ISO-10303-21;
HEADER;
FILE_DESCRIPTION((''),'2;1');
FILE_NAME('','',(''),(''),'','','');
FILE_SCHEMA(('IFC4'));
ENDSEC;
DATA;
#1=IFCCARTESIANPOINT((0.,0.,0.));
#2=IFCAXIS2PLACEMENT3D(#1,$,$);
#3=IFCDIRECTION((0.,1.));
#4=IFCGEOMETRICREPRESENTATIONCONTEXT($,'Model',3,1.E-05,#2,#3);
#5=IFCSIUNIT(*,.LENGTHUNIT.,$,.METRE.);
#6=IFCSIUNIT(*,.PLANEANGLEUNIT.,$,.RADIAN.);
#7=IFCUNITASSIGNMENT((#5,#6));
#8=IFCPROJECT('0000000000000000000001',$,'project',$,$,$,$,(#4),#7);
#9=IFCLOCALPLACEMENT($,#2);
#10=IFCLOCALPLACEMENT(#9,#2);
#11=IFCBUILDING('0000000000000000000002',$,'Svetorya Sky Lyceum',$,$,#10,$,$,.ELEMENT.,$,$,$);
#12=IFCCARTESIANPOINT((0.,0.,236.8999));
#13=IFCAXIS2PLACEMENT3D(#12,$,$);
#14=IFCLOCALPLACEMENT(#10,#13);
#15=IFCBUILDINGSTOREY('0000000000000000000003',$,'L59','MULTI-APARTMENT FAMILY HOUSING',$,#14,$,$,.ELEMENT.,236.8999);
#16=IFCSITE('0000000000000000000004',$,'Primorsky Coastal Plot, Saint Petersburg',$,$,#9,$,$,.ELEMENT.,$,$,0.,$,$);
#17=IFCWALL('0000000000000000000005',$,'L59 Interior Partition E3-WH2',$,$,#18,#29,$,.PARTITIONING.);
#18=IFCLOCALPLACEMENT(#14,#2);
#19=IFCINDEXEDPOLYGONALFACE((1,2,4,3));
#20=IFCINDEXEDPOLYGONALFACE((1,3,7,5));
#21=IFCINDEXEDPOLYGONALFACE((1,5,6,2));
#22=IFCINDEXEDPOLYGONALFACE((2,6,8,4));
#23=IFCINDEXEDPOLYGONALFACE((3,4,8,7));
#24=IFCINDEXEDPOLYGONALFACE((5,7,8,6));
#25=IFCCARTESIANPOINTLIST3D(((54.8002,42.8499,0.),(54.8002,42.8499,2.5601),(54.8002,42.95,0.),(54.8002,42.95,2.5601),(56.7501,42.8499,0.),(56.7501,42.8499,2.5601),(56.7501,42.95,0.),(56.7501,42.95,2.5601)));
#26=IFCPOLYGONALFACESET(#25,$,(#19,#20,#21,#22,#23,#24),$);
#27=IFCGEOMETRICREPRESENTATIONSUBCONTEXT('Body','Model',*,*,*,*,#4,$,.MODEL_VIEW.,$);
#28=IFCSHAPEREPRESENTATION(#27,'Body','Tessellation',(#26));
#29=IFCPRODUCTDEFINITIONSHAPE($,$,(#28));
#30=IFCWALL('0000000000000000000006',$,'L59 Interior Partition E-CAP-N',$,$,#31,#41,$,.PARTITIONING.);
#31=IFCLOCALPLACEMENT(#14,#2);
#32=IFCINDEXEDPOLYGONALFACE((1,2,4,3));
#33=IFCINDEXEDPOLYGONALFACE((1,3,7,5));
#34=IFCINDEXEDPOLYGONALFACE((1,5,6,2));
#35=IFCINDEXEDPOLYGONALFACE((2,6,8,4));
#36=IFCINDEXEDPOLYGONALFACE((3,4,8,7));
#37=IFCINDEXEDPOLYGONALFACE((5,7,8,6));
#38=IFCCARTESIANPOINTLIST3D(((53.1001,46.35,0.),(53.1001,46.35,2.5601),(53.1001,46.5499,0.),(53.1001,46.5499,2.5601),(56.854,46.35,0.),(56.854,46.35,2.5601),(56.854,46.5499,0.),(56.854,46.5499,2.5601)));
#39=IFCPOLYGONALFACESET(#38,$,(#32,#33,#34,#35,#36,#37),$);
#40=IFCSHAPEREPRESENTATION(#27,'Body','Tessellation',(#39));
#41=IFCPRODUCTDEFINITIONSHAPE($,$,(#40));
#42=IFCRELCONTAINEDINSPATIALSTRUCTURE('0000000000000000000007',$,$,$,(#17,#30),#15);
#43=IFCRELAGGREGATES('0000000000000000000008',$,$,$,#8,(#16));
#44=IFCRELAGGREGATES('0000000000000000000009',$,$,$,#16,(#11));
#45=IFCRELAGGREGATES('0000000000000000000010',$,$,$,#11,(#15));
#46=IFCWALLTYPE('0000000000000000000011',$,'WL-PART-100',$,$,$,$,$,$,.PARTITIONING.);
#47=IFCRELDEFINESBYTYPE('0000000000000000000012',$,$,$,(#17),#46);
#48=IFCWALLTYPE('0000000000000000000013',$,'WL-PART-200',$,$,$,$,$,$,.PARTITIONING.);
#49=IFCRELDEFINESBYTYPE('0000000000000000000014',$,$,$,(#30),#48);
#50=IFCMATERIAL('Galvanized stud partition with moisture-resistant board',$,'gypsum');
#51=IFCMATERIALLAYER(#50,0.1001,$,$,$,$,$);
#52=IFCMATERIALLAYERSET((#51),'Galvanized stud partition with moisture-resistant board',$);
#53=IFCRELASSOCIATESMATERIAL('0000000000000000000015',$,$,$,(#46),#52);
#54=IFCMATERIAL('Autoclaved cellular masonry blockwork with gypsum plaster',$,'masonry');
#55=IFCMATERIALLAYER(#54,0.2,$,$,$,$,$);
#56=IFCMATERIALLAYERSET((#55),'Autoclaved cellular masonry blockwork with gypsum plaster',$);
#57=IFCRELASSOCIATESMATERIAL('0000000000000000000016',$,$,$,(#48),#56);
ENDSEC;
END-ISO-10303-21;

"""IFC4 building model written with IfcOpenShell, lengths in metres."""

from ifc_helpers import new_model, si_unit, direction, frame, frame_2d, origin, place, context, subcontext, project, spatial, rectangle, extrude, material, layer, layer_set, type_object, element, save


model = new_model("IFC4")

# Units and contexts
model_context = context("Model", 3, precision=1e-05, world=origin(), true_north=direction((0.0, 1.0)))
body_context = subcontext(model_context, "Body", "Model", "MODEL_VIEW")
ifc_project = project(units=[si_unit("LENGTHUNIT", "METRE"), si_unit("PLANEANGLEUNIT", "RADIAN")], contexts=[model_context])

# Site, building, storey
site_placement = place(None, origin())
site = spatial("IfcSite", under=ifc_project, at=site_placement, Name="Primorsky Coastal Plot, Saint Petersburg", CompositionType="ELEMENT", RefElevation=0.0)
building_placement = place(site_placement, origin())
building = spatial("IfcBuilding", under=site, at=building_placement, Name="Svetorya Sky Lyceum", CompositionType="ELEMENT")
storey_placement = place(building_placement, frame((0.0, 0.0, 236.8999)))
storey = spatial("IfcBuildingStorey", under=building, at=storey_placement, Name="L59", Description="MULTI-APARTMENT FAMILY HOUSING", CompositionType="ELEMENT", Elevation=236.8999)

# Walls
ifc_material_1 = material(Name="Galvanized stud partition with moisture-resistant board", Category="gypsum")
ifc_layer_1 = layer(ifc_material_1, 0.1001)
ifc_layer_set_1 = layer_set([ifc_layer_1], Name="Galvanized stud partition with moisture-resistant board")
wall_type_1 = type_object("IfcWallType", Name="WL-PART-100", PredefinedType="PARTITIONING", material=ifc_layer_set_1)
wall_1_placement = place(storey_placement, frame((54.8, 42.8999, 0.0), z_axis=(0.0, 0.0, 1.0), x_axis=(1.0, 0.0, 0.0)))
element("IfcWall", 1, at=wall_1_placement, inside=storey, type_object=wall_type_1, Name="L59 Interior Partition E3-WH2", PredefinedType="PARTITIONING", context=body_context, shape_type="SweptSolid", body=[
    extrude(rectangle(XDim=1.95, YDim=0.1001, at=frame_2d((0.9751, 0.0))), origin(), (0.0, 0.0, 1.0), 2.5601),
])
ifc_material_2 = material(Name="Autoclaved cellular masonry blockwork with gypsum plaster", Category="masonry")
ifc_layer_2 = layer(ifc_material_2, 0.2)
ifc_layer_set_2 = layer_set([ifc_layer_2], Name="Autoclaved cellular masonry blockwork with gypsum plaster")
wall_type_2 = type_object("IfcWallType", Name="WL-PART-200", PredefinedType="PARTITIONING", material=ifc_layer_set_2)
wall_2_placement = place(storey_placement, frame((53.1001, 46.45, 0.0), z_axis=(0.0, 0.0, 1.0), x_axis=(1.0, 0.0, 0.0)))
element("IfcWall", 2, at=wall_2_placement, inside=storey, type_object=wall_type_2, Name="L59 Interior Partition E-CAP-N", PredefinedType="PARTITIONING", context=body_context, shape_type="SweptSolid", body=[
    extrude(rectangle(XDim=3.7539, YDim=0.2, at=frame_2d((1.877, 0.0))), origin(), (0.0, 0.0, 1.0), 2.5601),
])

save(model, "model.ifc")
